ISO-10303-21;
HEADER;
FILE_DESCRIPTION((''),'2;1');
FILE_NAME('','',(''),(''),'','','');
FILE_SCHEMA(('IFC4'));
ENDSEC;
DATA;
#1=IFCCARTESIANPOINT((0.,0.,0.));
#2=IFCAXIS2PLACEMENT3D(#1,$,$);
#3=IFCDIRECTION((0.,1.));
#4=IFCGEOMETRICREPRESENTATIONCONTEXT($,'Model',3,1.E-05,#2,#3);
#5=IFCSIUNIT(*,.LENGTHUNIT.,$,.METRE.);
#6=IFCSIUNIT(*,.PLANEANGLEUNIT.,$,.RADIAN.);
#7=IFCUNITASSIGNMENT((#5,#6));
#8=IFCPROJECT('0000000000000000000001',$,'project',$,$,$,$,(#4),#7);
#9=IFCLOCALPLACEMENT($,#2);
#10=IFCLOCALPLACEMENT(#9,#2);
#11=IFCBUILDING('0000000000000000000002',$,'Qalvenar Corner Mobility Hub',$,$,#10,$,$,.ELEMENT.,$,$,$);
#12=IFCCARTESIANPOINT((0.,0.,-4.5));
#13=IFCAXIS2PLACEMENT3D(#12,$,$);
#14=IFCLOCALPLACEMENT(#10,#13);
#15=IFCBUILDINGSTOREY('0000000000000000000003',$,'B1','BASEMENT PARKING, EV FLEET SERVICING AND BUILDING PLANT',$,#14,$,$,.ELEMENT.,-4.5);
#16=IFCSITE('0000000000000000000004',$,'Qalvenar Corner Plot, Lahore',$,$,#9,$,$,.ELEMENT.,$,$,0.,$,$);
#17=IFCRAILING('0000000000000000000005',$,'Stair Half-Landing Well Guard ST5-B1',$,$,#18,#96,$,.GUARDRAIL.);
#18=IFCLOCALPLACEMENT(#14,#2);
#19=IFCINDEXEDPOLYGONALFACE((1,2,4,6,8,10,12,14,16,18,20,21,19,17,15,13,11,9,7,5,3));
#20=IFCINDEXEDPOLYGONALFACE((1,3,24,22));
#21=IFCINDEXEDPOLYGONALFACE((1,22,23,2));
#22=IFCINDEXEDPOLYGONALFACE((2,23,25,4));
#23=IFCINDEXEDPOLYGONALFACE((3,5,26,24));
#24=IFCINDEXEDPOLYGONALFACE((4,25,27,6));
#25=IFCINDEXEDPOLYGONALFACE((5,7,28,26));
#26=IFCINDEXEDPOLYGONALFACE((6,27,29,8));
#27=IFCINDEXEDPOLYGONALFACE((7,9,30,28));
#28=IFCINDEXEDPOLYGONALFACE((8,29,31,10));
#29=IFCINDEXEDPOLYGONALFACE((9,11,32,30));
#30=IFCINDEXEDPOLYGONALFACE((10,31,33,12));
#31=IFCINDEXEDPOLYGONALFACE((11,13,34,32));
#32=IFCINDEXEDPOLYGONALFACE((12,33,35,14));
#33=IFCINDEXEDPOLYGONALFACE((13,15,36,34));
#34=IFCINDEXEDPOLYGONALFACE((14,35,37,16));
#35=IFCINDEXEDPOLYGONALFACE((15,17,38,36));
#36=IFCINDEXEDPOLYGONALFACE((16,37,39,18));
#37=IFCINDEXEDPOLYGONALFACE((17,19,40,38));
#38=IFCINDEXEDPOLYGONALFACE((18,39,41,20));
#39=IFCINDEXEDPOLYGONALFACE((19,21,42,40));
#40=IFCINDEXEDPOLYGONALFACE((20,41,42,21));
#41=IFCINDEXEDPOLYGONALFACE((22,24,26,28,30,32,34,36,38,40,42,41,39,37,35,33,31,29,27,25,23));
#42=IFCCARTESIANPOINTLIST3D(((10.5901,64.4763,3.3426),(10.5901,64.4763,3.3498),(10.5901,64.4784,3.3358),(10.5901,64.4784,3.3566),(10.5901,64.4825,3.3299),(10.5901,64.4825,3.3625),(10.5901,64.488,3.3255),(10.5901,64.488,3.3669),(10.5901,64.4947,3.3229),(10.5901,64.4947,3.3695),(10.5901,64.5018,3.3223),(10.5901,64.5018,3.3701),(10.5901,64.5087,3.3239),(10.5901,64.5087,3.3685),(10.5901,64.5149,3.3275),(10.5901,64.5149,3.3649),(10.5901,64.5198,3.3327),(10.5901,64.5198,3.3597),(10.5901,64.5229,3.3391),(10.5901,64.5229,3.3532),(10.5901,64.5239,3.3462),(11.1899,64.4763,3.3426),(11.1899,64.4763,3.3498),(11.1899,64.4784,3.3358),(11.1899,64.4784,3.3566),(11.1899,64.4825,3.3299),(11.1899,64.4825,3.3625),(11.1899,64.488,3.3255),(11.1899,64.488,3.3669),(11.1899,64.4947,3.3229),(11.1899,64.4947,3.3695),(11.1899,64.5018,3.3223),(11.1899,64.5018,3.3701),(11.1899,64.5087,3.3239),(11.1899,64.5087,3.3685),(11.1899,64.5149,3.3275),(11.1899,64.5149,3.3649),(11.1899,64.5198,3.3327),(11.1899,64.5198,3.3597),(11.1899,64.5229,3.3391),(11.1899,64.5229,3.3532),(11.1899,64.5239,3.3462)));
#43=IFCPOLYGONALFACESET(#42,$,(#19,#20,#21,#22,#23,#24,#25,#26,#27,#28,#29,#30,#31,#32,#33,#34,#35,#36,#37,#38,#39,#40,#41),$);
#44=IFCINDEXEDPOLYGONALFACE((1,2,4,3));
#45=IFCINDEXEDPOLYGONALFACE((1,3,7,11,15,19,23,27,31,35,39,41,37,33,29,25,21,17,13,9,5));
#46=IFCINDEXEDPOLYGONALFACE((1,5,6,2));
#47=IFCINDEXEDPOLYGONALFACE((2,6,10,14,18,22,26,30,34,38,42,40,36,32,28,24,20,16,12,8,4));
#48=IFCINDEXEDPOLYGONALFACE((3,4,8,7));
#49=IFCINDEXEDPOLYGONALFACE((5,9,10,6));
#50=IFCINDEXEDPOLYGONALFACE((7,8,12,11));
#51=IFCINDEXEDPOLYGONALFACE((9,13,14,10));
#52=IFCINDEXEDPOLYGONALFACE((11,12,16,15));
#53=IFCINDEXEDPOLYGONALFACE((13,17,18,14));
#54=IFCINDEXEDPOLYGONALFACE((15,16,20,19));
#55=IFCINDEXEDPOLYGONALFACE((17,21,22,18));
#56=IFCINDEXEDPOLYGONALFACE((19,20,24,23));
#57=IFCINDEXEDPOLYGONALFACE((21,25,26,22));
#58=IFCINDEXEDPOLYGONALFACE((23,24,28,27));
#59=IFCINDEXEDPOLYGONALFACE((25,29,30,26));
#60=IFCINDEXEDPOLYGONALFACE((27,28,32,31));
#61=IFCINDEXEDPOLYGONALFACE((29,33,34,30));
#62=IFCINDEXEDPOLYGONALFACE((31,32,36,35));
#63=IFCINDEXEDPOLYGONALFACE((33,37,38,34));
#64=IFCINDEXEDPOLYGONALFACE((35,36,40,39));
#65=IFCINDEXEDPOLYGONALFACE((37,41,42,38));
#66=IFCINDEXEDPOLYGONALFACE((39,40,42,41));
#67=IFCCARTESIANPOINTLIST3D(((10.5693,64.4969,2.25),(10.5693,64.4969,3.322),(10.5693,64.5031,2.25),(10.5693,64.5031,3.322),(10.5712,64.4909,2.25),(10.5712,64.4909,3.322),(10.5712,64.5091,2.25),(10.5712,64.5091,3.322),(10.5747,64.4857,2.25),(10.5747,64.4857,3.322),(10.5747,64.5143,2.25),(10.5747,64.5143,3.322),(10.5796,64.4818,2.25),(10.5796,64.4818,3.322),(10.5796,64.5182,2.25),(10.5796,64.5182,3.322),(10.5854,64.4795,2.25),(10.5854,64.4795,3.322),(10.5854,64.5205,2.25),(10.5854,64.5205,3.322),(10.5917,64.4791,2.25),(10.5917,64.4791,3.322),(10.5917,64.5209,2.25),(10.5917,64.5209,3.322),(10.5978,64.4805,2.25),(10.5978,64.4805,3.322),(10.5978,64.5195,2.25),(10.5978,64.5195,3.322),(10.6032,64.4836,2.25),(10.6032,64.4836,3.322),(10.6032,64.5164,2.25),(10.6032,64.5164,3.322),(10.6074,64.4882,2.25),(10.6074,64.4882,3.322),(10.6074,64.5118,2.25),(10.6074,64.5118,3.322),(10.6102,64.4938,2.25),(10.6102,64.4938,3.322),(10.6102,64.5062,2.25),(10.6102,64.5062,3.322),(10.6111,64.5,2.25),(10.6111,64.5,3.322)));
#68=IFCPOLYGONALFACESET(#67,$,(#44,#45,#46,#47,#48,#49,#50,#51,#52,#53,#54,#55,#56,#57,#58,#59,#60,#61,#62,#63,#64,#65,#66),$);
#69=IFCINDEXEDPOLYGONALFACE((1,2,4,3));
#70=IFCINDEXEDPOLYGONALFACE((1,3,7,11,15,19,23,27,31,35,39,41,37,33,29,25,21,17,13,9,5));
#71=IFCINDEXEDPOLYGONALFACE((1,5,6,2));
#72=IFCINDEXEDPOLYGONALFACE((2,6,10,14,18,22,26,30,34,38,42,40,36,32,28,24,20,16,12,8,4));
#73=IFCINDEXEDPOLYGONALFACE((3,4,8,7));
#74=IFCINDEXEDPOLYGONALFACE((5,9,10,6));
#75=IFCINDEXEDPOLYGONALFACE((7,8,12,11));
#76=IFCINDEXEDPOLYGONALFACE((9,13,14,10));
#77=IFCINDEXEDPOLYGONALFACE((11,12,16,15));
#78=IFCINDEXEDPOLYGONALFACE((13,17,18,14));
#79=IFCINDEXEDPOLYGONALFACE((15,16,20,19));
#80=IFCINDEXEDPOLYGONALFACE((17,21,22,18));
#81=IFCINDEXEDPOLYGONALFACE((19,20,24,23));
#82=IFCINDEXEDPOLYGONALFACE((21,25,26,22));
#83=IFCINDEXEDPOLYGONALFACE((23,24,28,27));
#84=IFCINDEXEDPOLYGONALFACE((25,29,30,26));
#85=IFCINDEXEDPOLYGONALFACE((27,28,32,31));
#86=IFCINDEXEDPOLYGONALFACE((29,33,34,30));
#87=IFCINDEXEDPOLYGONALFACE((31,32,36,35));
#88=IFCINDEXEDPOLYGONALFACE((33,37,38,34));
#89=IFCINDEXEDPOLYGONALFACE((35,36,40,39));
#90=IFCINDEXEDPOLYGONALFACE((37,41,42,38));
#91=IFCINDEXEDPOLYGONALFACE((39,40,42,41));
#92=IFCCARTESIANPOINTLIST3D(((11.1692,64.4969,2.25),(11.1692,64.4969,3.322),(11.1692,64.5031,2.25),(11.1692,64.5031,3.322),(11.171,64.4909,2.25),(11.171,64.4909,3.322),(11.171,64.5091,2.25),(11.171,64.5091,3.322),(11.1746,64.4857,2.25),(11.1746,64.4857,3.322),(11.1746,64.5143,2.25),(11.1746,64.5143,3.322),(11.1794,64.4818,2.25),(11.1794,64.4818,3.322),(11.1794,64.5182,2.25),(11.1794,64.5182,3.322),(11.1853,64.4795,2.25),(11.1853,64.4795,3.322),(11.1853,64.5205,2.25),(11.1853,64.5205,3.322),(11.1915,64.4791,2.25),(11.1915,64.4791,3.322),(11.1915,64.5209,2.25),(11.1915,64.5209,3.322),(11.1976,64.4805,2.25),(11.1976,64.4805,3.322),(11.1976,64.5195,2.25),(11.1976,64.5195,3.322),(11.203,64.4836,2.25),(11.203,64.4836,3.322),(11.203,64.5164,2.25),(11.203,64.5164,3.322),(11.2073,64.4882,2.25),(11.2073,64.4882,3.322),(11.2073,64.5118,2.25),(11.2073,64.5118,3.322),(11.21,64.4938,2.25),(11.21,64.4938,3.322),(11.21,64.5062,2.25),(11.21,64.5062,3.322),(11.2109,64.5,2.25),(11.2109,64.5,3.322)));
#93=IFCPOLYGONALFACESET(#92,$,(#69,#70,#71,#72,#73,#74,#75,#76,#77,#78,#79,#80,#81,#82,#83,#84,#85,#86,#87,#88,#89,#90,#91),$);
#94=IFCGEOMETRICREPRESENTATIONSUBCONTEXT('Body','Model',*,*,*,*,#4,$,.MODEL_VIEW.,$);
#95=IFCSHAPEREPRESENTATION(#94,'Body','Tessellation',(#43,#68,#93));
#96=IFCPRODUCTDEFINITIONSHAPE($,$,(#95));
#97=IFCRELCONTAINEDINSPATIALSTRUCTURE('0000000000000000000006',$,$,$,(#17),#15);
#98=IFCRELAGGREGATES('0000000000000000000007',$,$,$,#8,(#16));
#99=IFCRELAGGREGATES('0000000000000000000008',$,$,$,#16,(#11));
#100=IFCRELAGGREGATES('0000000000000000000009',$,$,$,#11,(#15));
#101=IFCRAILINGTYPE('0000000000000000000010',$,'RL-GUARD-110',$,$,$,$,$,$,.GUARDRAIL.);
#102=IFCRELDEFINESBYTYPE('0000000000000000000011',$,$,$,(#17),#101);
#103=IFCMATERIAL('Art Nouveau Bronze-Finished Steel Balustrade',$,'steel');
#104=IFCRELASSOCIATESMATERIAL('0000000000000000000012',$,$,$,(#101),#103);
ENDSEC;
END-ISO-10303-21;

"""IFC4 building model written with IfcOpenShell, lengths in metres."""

from ifc_helpers import new_model, si_unit, direction, frame, origin, origin_2d, place, context, subcontext, project, spatial, circle, extrude, material, type_object, element, save


model = new_model("IFC4")

# Units and contexts
model_context = context("Model", 3, precision=1e-05, world=origin(), true_north=direction((0.0, 1.0)))
body_context = subcontext(model_context, "Body", "Model", "MODEL_VIEW")
ifc_project = project(units=[si_unit("LENGTHUNIT", "METRE"), si_unit("PLANEANGLEUNIT", "RADIAN")], contexts=[model_context])

# Site, building, storey
site_placement = place(None, origin())
site = spatial("IfcSite", under=ifc_project, at=site_placement, Name="Qalvenar Corner Plot, Lahore", CompositionType="ELEMENT", RefElevation=0.0)
building_placement = place(site_placement, origin())
building = spatial("IfcBuilding", under=site, at=building_placement, Name="Qalvenar Corner Mobility Hub", CompositionType="ELEMENT")
storey_placement = place(building_placement, frame((0.0, 0.0, -4.5)))
storey = spatial("IfcBuildingStorey", under=building, at=storey_placement, Name="B1", Description="BASEMENT PARKING, EV FLEET SERVICING AND BUILDING PLANT", CompositionType="ELEMENT", Elevation=-4.5)

# Railing
ifc_material_1 = material(Name="Art Nouveau Bronze-Finished Steel Balustrade", Category="steel")
railing_type_1 = type_object("IfcRailingType", Name="RL-GUARD-110", PredefinedType="GUARDRAIL", material=ifc_material_1)
railing_1_placement = place(storey_placement, frame((10.5901, 64.5, 2.25)))
element("IfcRailing", 1, at=railing_1_placement, inside=storey, type_object=railing_type_1, Name="Stair Half-Landing Well Guard ST5-B1", PredefinedType="GUARDRAIL", context=body_context, shape_type="SweptSolid", body=[
    extrude(circle(Radius=0.0239, at=origin_2d()), frame((0.0, 0.0, 1.0962), z_axis=(1.0, 0.0, 0.0), x_axis=(0.0, 1.0, 0.0)), (0.0, 0.0, 1.0), 0.5999),
    extrude(circle(Radius=0.021, at=origin_2d()), origin(), (0.0, 0.0, 1.0), 1.072),
    extrude(circle(Radius=0.021, at=origin_2d()), frame((0.5999, 0.0, 0.0)), (0.0, 0.0, 1.0), 1.072),
])

save(model, "model.ifc")
